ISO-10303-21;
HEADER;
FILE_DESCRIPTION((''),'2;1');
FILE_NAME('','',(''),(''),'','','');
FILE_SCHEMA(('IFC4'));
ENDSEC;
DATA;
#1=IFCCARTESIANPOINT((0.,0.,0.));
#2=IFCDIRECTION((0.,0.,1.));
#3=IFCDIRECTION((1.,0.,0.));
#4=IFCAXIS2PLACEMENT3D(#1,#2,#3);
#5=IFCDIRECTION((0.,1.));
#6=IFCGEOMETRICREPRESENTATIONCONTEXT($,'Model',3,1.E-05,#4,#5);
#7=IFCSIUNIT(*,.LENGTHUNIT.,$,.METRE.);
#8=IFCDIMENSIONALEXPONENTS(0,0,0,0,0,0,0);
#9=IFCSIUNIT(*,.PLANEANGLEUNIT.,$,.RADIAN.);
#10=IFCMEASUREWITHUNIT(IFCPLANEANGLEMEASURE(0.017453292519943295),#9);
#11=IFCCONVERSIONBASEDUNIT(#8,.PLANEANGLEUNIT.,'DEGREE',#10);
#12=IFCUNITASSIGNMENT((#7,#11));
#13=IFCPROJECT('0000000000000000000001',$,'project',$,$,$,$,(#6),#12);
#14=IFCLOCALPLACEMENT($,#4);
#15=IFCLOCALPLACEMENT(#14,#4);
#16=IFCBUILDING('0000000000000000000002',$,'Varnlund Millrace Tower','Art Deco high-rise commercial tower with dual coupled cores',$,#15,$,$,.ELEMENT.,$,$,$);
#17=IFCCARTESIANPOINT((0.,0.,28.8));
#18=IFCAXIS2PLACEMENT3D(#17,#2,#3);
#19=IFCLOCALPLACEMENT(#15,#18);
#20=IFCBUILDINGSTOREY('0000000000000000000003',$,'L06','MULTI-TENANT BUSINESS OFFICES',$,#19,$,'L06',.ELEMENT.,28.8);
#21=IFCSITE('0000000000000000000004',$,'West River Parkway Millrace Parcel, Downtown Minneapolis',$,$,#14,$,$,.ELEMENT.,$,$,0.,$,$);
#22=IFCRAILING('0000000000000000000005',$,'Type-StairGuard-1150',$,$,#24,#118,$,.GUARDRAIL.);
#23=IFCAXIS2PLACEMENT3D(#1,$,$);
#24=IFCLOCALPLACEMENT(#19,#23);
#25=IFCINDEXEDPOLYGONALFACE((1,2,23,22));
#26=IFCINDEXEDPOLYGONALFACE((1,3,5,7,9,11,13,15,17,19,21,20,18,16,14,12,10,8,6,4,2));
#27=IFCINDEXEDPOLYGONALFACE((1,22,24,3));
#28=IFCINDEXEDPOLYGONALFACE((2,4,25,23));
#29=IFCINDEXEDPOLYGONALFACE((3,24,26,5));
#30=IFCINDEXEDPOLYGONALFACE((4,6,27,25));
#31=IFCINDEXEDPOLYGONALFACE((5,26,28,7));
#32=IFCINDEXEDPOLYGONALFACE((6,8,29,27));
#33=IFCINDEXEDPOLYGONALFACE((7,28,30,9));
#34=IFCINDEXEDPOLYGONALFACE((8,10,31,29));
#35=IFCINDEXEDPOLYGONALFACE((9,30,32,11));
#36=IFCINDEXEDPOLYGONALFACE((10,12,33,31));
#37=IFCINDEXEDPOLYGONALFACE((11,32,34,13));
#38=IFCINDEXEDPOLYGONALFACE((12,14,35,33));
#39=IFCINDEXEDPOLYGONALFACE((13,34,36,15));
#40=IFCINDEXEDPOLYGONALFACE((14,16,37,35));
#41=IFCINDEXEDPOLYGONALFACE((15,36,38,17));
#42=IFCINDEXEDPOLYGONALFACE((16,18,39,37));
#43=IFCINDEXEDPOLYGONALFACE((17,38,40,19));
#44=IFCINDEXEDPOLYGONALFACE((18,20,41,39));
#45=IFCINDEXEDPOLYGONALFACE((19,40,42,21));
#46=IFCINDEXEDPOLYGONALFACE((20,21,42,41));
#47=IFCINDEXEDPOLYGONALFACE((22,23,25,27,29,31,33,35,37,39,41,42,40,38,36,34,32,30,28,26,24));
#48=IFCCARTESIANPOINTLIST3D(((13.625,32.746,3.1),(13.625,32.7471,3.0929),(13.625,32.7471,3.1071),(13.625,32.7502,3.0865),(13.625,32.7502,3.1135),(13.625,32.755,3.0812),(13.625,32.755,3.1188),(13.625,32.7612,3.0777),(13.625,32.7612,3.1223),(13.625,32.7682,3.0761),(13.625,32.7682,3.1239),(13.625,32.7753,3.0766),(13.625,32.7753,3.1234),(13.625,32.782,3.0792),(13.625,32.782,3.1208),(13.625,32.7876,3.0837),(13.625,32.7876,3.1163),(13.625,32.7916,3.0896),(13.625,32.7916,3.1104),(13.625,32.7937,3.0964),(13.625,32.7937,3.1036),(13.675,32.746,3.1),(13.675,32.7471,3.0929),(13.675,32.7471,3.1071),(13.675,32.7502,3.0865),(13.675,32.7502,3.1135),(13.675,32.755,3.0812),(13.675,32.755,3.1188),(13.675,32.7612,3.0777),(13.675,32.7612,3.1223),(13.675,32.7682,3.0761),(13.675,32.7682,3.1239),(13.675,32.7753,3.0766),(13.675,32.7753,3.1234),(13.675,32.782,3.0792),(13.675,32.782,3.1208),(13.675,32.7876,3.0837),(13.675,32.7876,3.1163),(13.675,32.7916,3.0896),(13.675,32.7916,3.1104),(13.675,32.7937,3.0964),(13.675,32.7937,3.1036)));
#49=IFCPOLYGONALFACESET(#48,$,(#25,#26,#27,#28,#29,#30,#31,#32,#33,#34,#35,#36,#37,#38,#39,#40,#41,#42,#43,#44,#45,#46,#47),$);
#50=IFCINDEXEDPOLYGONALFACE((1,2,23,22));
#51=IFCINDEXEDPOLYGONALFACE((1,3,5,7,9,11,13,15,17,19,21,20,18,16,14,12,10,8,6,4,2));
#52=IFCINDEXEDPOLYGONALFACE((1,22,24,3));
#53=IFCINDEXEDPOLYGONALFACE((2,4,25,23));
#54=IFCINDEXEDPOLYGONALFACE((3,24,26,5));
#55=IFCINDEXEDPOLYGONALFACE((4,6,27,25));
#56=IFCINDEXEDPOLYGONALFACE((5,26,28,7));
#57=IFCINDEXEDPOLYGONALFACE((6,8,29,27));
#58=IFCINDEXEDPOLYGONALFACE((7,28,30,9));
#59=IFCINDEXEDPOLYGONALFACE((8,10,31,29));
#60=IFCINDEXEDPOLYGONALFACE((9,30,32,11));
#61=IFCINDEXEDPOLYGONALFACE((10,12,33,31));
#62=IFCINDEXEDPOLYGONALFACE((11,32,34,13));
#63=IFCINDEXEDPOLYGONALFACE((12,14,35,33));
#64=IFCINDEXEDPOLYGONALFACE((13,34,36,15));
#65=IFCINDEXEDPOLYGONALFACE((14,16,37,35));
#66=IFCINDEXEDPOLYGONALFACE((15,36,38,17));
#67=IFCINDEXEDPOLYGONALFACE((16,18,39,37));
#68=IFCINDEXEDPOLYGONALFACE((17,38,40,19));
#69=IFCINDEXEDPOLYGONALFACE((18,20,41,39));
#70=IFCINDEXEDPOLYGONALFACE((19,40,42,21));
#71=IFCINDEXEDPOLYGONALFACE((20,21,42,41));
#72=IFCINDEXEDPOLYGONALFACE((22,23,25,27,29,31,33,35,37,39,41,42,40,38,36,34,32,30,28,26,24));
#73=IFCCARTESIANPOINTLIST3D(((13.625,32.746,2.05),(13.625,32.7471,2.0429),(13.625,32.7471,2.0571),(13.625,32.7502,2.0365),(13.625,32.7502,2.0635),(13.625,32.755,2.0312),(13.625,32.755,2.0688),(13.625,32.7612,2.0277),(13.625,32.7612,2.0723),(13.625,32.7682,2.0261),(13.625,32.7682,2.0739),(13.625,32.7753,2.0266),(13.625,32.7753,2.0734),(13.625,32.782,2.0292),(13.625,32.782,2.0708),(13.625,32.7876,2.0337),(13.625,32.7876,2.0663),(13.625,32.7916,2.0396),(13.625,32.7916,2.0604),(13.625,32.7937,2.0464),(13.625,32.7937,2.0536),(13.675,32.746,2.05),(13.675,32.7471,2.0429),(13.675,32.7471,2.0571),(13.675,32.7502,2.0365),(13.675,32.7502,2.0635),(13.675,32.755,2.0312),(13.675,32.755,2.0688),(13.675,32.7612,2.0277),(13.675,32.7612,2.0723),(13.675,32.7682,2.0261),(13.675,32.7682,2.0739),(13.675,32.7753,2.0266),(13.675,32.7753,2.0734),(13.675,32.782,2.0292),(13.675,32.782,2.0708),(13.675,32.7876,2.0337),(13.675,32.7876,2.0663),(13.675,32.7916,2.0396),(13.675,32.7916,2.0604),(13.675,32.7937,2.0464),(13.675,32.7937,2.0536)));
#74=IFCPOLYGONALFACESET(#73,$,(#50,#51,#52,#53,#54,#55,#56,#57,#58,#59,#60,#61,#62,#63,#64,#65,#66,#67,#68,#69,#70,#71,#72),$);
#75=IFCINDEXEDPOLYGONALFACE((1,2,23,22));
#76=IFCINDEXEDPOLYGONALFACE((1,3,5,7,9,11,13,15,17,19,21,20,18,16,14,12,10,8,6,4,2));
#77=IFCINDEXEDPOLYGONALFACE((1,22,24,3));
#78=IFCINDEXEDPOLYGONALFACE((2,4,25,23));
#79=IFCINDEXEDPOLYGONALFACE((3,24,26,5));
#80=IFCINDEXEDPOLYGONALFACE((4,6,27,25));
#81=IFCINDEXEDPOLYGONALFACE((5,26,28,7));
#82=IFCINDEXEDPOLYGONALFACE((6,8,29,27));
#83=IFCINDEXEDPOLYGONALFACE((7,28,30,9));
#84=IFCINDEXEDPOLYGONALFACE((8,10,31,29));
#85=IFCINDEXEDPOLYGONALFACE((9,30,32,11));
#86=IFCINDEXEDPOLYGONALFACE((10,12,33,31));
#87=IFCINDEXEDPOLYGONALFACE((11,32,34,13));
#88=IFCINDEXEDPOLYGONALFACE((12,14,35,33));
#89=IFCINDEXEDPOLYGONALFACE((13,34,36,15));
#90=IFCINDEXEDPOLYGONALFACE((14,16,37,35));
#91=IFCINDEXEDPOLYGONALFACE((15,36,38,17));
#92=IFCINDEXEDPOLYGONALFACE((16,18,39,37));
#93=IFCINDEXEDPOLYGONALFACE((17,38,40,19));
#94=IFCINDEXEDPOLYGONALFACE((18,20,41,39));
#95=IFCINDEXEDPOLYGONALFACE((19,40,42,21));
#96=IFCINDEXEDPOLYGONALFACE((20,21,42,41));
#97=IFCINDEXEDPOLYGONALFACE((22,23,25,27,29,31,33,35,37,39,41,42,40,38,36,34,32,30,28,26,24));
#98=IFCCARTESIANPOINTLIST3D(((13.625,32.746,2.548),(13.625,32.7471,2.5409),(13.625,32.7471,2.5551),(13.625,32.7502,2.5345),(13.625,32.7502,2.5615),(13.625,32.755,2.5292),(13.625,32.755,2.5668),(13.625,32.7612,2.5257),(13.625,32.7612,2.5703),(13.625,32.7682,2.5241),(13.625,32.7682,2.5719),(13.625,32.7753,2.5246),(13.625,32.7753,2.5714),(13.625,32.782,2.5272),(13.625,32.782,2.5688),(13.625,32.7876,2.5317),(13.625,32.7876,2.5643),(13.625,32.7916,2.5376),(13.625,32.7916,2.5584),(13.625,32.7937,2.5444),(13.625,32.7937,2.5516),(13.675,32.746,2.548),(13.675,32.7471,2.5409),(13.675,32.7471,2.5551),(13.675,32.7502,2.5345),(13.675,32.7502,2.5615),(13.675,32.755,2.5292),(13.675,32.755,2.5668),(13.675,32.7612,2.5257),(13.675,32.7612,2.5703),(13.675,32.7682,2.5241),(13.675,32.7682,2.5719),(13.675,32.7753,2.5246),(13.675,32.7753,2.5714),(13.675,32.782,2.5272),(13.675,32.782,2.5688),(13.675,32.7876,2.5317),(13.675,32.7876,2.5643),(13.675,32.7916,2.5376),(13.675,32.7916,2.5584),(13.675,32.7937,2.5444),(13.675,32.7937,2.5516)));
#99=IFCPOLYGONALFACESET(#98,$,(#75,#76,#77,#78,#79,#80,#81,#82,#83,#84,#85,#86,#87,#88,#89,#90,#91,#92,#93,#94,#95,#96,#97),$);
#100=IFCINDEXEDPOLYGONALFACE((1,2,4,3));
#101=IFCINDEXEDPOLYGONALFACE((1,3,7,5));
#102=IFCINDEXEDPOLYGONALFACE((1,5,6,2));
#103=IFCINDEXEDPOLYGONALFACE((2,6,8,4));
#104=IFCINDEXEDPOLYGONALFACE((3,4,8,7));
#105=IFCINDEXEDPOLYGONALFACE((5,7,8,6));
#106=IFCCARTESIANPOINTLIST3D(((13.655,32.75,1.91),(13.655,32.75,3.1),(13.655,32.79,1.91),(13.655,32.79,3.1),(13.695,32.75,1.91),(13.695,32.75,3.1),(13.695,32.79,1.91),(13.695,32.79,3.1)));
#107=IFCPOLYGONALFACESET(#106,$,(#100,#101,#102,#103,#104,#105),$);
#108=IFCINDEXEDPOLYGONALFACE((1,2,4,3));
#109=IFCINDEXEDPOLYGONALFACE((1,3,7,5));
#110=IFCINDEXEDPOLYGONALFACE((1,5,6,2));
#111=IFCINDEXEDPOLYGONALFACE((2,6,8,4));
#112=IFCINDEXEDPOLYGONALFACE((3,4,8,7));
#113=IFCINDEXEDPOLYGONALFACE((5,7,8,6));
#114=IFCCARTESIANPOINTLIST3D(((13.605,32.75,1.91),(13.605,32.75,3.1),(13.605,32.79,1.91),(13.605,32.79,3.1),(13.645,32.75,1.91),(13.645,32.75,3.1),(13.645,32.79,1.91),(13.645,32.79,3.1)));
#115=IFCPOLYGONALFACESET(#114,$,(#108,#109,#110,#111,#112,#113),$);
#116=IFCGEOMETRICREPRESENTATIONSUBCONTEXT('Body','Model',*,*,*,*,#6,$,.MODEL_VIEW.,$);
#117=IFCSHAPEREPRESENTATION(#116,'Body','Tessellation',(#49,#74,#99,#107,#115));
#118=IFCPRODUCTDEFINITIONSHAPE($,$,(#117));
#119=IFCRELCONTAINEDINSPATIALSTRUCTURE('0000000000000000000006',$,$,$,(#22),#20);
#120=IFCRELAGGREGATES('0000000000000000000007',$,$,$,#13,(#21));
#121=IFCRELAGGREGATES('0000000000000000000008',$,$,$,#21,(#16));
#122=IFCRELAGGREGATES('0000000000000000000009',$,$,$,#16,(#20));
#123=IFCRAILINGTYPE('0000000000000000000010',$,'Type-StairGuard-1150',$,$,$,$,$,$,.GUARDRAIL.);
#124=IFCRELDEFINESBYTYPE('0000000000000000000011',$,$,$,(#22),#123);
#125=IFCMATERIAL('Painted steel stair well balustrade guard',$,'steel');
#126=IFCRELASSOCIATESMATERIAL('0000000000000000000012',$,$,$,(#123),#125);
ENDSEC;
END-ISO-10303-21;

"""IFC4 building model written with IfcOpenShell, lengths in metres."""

from ifc_helpers import new_model, entity, si_unit, converted_unit, direction, frame, origin_with_axes, origin_2d_with_axis, place, context, subcontext, project, spatial, rectangle, circle, extrude, material, type_object, element, save


model = new_model("IFC4")

# Units and contexts
model_context = context("Model", 3, precision=1e-05, world=origin_with_axes(), true_north=direction((0.0, 1.0)))
body_context = subcontext(model_context, "Body", "Model", "MODEL_VIEW")
ifc_project = project(units=[si_unit("LENGTHUNIT", "METRE"), converted_unit("PLANEANGLEUNIT", "DEGREE", entity("IfcPlaneAngleMeasure", 0.017453292519943295), si_unit("PLANEANGLEUNIT", "RADIAN"), dimensions=[0, 0, 0, 0, 0, 0, 0])], contexts=[model_context])

# Site, building, storey
site_placement = place(None, origin_with_axes())
site = spatial("IfcSite", under=ifc_project, at=site_placement, Name="West River Parkway Millrace Parcel, Downtown Minneapolis", CompositionType="ELEMENT", RefElevation=0.0)
building_placement = place(site_placement, origin_with_axes())
building = spatial("IfcBuilding", under=site, at=building_placement, Name="Varnlund Millrace Tower", Description="Art Deco high-rise commercial tower with dual coupled cores", CompositionType="ELEMENT")
storey_placement = place(building_placement, frame((0.0, 0.0, 28.8), z_axis=(0.0, 0.0, 1.0), x_axis=(1.0, 0.0, 0.0)))
storey = spatial("IfcBuildingStorey", under=building, at=storey_placement, Name="L06", Description="MULTI-TENANT BUSINESS OFFICES", LongName="L06", CompositionType="ELEMENT", Elevation=28.8)

# Railing
ifc_material_1 = material(Name="Painted steel stair well balustrade guard", Category="steel")
railing_type_1 = type_object("IfcRailingType", Name="Type-StairGuard-1150", PredefinedType="GUARDRAIL", material=ifc_material_1)
railing_1_placement = place(storey_placement, frame((0.0, 0.0, -28.8), z_axis=(0.0, 0.0, 1.0), x_axis=(1.0, 0.0, 0.0)))
element("IfcRailing", 1, at=railing_1_placement, inside=storey, type_object=railing_type_1, Name="Type-StairGuard-1150", PredefinedType="GUARDRAIL", context=body_context, shape_type="SweptSolid", body=[
    extrude(circle(Radius=0.024, at=origin_2d_with_axis()), frame((13.675, 32.77, 31.9), z_axis=(-1.0, 0.0, 0.0), x_axis=(0.0, -1.0, 0.0)), (0.0, 0.0, 1.0), 0.05),
    extrude(circle(Radius=0.024, at=origin_2d_with_axis()), frame((13.675, 32.77, 30.85), z_axis=(-1.0, 0.0, 0.0), x_axis=(0.0, -1.0, 0.0)), (0.0, 0.0, 1.0), 0.05),
    extrude(circle(Radius=0.024, at=origin_2d_with_axis()), frame((13.675, 32.77, 31.348), z_axis=(-1.0, 0.0, 0.0), x_axis=(0.0, -1.0, 0.0)), (0.0, 0.0, 1.0), 0.05),
    extrude(rectangle(XDim=0.04, YDim=0.04, at=origin_2d_with_axis()), frame((13.675, 32.77, 30.71), z_axis=(0.0, 0.0, 1.0), x_axis=(1.0, 0.0, 0.0)), (0.0, 0.0, 1.0), 1.19),
    extrude(rectangle(XDim=0.04, YDim=0.04, at=origin_2d_with_axis()), frame((13.625, 32.77, 30.71), z_axis=(0.0, 0.0, 1.0), x_axis=(1.0, 0.0, 0.0)), (0.0, 0.0, 1.0), 1.19),
])

save(model, "model.ifc")
